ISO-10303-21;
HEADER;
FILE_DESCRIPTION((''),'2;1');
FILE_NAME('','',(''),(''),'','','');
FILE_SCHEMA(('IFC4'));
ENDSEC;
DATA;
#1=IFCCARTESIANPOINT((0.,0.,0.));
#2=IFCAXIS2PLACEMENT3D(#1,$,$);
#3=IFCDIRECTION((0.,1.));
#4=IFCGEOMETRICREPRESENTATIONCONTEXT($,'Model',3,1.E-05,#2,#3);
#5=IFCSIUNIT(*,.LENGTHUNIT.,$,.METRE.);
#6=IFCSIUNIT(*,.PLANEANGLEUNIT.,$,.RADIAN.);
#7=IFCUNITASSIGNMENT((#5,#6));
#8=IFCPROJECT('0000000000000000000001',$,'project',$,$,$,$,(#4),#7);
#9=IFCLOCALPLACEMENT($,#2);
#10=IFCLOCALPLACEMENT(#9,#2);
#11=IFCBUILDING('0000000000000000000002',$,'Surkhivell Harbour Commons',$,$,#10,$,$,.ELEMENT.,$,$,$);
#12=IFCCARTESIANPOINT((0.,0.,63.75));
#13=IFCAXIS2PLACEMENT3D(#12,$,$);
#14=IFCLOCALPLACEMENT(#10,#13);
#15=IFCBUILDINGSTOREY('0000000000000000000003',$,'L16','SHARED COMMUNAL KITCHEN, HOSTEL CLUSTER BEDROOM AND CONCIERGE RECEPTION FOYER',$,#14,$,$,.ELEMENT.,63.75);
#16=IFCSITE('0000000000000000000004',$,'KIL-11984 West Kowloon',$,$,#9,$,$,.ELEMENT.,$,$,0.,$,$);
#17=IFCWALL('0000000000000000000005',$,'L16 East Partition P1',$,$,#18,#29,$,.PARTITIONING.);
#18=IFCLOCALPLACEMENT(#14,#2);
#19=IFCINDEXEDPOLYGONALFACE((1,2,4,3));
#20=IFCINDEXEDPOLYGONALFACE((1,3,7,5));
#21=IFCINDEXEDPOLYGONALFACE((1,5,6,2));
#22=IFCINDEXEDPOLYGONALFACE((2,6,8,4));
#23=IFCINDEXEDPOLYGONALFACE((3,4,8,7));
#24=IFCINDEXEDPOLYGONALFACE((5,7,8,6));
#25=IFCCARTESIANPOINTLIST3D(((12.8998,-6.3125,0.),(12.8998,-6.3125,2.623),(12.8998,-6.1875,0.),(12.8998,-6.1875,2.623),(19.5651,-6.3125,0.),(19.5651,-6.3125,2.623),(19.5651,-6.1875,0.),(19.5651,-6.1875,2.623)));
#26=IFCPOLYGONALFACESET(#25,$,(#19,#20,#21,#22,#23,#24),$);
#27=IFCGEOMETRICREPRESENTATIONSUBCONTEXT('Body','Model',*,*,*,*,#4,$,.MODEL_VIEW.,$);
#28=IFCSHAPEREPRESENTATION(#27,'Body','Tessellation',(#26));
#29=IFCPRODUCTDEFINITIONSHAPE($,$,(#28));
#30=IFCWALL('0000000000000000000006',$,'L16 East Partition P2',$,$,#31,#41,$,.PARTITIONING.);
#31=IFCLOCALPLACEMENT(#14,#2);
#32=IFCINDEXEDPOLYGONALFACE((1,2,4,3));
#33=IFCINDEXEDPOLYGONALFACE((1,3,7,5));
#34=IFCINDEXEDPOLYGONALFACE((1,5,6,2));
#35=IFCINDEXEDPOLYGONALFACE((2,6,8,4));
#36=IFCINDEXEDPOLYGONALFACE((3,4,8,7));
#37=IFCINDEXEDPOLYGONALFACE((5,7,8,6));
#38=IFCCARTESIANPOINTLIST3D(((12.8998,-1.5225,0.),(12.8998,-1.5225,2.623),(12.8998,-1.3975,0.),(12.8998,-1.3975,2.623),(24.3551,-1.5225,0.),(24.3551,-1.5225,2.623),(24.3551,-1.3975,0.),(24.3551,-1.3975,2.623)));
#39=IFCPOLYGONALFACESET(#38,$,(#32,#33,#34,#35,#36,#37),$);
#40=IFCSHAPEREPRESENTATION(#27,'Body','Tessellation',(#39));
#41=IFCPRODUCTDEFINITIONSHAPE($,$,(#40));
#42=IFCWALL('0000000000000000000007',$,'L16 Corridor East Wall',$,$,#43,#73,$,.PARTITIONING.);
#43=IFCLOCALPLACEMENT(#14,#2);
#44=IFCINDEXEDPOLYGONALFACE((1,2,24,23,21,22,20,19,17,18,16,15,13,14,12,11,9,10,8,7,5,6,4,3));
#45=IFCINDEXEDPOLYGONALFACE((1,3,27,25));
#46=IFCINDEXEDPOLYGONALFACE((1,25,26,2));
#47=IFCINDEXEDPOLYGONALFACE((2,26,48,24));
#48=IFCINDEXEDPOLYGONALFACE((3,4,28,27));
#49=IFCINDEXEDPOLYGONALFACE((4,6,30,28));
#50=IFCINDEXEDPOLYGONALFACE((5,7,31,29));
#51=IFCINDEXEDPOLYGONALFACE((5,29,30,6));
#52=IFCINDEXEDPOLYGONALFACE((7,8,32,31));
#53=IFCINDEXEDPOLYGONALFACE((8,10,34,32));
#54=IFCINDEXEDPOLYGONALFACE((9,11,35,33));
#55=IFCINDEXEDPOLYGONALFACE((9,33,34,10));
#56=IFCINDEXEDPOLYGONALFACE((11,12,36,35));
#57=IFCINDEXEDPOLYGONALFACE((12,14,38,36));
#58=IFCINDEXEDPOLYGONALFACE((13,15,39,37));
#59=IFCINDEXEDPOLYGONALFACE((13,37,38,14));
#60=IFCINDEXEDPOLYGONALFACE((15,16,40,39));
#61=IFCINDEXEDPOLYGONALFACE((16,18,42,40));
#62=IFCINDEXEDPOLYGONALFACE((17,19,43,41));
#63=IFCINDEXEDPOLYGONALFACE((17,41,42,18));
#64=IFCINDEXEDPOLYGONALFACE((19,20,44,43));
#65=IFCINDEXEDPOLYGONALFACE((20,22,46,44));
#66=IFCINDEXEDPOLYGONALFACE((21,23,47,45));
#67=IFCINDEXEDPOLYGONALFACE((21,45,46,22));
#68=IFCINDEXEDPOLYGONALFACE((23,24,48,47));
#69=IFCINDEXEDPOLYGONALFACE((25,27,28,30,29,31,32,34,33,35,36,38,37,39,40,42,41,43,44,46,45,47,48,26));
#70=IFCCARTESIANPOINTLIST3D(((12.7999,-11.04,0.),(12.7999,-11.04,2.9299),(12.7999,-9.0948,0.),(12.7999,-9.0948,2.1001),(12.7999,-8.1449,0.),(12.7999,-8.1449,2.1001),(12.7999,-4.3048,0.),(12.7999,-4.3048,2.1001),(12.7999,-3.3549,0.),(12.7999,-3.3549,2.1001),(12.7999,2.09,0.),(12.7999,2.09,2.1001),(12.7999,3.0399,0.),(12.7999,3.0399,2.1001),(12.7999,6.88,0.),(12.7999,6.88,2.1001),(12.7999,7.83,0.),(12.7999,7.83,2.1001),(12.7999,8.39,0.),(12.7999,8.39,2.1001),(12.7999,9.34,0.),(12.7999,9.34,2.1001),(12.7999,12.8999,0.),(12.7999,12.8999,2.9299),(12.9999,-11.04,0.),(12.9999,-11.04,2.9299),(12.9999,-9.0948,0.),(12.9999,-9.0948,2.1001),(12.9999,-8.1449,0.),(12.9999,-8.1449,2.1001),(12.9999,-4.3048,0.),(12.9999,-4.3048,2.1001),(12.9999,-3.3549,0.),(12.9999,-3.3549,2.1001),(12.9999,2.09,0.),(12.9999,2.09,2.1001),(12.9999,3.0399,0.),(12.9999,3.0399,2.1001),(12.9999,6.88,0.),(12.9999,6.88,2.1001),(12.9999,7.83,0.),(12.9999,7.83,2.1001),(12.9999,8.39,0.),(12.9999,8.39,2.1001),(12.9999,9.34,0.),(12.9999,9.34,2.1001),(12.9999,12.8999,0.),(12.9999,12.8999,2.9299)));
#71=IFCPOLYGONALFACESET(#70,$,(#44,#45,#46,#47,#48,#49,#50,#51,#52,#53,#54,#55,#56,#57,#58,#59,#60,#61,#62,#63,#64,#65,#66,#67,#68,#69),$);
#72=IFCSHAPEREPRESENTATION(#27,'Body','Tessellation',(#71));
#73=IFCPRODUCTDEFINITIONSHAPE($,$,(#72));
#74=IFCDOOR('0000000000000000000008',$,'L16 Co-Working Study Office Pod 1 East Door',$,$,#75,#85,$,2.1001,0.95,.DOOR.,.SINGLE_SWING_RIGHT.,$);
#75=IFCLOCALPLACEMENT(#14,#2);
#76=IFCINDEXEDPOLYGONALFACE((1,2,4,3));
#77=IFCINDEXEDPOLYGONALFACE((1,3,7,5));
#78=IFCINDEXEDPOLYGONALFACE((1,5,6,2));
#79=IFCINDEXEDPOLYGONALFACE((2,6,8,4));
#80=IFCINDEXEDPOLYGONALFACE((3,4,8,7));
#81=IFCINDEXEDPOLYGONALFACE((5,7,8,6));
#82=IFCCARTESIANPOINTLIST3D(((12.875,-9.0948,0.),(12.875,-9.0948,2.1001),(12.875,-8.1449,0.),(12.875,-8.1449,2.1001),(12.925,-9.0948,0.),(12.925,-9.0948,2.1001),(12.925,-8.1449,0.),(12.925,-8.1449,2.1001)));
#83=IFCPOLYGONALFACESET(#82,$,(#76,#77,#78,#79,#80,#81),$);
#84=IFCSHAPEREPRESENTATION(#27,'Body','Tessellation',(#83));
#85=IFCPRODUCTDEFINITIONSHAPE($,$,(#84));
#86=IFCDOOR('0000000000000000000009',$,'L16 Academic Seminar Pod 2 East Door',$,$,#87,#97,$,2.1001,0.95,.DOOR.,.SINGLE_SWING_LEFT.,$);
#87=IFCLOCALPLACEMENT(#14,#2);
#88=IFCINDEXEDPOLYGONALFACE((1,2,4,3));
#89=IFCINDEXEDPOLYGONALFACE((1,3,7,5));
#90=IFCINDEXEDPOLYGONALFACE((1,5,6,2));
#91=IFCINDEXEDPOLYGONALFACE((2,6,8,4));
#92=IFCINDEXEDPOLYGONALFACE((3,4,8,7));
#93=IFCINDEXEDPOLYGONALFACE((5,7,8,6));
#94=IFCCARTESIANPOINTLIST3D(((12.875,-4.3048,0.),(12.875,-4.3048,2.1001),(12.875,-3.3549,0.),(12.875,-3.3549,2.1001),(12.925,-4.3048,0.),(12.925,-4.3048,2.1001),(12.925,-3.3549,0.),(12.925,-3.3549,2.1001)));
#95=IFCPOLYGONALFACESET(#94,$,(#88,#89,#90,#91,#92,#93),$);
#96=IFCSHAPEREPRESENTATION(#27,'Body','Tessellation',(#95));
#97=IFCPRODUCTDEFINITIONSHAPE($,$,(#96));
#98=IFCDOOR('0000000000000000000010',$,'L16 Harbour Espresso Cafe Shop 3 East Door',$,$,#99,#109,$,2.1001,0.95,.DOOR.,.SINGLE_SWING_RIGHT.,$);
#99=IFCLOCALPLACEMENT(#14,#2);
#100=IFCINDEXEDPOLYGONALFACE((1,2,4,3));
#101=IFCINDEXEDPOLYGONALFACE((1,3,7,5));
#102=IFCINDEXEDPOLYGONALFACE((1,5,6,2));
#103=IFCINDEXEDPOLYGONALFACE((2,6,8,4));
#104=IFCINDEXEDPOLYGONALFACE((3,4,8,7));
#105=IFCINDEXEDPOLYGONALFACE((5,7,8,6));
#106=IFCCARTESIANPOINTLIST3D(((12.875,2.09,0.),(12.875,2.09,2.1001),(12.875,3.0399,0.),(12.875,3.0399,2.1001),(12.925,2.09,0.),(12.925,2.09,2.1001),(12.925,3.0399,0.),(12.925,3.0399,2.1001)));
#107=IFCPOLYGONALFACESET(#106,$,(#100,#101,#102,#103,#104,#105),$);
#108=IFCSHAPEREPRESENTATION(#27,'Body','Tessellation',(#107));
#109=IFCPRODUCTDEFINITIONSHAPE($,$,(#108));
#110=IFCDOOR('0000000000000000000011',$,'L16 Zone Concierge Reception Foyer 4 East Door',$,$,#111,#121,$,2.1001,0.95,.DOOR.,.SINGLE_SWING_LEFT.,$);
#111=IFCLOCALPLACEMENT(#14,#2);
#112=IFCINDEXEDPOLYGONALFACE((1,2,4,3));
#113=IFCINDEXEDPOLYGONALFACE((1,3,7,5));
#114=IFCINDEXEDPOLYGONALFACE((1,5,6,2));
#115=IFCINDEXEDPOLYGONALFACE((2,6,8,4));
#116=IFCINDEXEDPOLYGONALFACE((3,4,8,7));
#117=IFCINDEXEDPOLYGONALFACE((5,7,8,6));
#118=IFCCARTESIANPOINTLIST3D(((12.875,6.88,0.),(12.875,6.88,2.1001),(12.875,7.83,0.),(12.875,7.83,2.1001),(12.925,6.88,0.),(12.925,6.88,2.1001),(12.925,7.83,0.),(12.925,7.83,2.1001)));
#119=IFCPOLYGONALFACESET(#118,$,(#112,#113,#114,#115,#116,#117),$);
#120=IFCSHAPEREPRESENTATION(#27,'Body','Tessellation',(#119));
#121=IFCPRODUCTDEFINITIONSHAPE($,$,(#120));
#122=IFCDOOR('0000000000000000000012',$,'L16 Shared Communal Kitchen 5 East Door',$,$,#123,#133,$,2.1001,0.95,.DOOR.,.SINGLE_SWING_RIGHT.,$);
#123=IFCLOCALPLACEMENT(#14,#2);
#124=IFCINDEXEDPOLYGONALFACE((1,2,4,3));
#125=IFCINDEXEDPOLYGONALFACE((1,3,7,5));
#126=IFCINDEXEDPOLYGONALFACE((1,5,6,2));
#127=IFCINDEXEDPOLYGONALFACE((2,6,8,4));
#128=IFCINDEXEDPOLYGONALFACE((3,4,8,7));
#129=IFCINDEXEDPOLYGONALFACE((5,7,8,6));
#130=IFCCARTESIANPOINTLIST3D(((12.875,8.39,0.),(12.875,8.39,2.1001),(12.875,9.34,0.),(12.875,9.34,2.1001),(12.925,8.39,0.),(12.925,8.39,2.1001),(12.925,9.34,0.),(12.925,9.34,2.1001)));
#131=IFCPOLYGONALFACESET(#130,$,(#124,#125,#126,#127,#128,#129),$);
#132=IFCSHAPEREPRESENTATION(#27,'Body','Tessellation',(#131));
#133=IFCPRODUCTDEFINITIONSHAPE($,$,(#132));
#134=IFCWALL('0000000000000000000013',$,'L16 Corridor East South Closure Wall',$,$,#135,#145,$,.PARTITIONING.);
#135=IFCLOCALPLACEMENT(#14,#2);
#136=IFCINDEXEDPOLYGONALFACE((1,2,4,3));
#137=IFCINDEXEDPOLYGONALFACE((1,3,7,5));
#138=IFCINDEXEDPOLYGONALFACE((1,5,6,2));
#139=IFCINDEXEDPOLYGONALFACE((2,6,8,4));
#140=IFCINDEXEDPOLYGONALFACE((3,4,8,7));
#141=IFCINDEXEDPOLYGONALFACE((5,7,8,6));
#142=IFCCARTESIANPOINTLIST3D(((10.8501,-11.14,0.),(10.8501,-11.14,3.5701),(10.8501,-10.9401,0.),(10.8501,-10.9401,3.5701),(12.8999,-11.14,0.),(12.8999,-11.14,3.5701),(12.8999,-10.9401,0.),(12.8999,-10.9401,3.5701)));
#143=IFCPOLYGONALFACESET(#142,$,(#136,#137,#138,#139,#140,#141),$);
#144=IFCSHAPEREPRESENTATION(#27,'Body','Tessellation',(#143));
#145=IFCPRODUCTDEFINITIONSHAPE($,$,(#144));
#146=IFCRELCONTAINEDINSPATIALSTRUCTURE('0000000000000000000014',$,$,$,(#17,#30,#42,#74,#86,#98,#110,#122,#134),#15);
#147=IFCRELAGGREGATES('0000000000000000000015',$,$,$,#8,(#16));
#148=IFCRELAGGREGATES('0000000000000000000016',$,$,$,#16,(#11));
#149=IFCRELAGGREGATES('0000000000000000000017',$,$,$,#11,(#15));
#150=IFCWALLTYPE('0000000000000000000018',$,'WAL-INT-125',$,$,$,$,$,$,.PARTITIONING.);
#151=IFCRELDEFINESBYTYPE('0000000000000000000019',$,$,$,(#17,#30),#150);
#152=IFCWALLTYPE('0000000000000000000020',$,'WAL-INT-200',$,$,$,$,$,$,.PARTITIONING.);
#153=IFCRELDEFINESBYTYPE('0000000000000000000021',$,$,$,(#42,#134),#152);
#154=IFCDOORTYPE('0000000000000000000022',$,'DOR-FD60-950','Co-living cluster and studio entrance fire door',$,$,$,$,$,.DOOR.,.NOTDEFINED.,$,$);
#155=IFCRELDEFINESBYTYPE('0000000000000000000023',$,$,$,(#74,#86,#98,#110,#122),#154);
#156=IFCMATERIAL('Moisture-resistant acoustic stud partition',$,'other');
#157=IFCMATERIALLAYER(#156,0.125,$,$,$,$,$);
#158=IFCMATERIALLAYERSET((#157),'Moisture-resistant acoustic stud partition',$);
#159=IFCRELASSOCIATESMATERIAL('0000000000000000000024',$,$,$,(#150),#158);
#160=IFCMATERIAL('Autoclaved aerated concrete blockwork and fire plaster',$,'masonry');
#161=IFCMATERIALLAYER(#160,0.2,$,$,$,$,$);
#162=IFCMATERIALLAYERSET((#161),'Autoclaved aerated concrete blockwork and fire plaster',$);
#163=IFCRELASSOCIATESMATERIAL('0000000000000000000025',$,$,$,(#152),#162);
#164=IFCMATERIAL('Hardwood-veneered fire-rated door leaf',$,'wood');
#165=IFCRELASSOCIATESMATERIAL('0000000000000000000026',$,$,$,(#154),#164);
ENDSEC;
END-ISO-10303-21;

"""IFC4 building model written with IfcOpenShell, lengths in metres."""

from ifc_helpers import new_model, si_unit, direction, frame, frame_2d, origin, place, context, subcontext, project, spatial, rectangle, extrude, material, layer, layer_set, type_object, element, fill, save


model = new_model("IFC4")

# Units and contexts
model_context = context("Model", 3, precision=1e-05, world=origin(), true_north=direction((0.0, 1.0)))
body_context = subcontext(model_context, "Body", "Model", "MODEL_VIEW")
ifc_project = project(units=[si_unit("LENGTHUNIT", "METRE"), si_unit("PLANEANGLEUNIT", "RADIAN")], contexts=[model_context])

# Site, building, storey
site_placement = place(None, origin())
site = spatial("IfcSite", under=ifc_project, at=site_placement, Name="KIL-11984 West Kowloon", CompositionType="ELEMENT", RefElevation=0.0)
building_placement = place(site_placement, origin())
building = spatial("IfcBuilding", under=site, at=building_placement, Name="Surkhivell Harbour Commons", CompositionType="ELEMENT")
storey_placement = place(building_placement, frame((0.0, 0.0, 63.75)))
storey = spatial("IfcBuildingStorey", under=building, at=storey_placement, Name="L16", Description="SHARED COMMUNAL KITCHEN, HOSTEL CLUSTER BEDROOM AND CONCIERGE RECEPTION FOYER", CompositionType="ELEMENT", Elevation=63.75)

# Shared definitions
ifc_material_1 = material(Name="Hardwood-veneered fire-rated door leaf", Category="wood")

# Walls
ifc_material_2 = material(Name="Moisture-resistant acoustic stud partition", Category="other")
ifc_layer_1 = layer(ifc_material_2, 0.125)
ifc_layer_set_1 = layer_set([ifc_layer_1], Name="Moisture-resistant acoustic stud partition")
wall_type_1 = type_object("IfcWallType", Name="WAL-INT-125", PredefinedType="PARTITIONING", material=ifc_layer_set_1)
wall_1_placement = place(storey_placement, frame((12.8999, -6.25, 0.0), z_axis=(0.0, 0.0, 1.0), x_axis=(1.0, 0.0, 0.0)))
element("IfcWall", 1, at=wall_1_placement, inside=storey, type_object=wall_type_1, Name="L16 East Partition P1", PredefinedType="PARTITIONING", context=body_context, shape_type="SweptSolid", body=[
    extrude(rectangle(XDim=6.6653, YDim=0.125, at=frame_2d((3.3325, 0.0))), origin(), (0.0, 0.0, 1.0), 2.623),
])
wall_2_placement = place(storey_placement, frame((12.8999, -1.46, 0.0), z_axis=(0.0, 0.0, 1.0), x_axis=(1.0, 0.0, 0.0)))
element("IfcWall", 2, at=wall_2_placement, inside=storey, type_object=wall_type_1, Name="L16 East Partition P2", PredefinedType="PARTITIONING", context=body_context, shape_type="SweptSolid", body=[
    extrude(rectangle(XDim=11.4553, YDim=0.125, at=frame_2d((5.7275, 0.0))), origin(), (0.0, 0.0, 1.0), 2.623),
])

# Wall, openings, doors
ifc_material_3 = material(Name="Autoclaved aerated concrete blockwork and fire plaster", Category="masonry")
ifc_layer_2 = layer(ifc_material_3, 0.2)
ifc_layer_set_2 = layer_set([ifc_layer_2], Name="Autoclaved aerated concrete blockwork and fire plaster")
wall_type_2 = type_object("IfcWallType", Name="WAL-INT-200", PredefinedType="PARTITIONING", material=ifc_layer_set_2)
wall_3_placement = place(storey_placement, frame((12.8999, -11.04, 0.0), z_axis=(0.0, 0.0, 1.0), x_axis=(0.0, 1.0, 0.0)))
wall_3 = element("IfcWall", 3, at=wall_3_placement, inside=storey, type_object=wall_type_2, Name="L16 Corridor East Wall", PredefinedType="PARTITIONING", context=body_context, shape_type="SweptSolid", body=[
    extrude(rectangle(XDim=23.9399, YDim=0.2, at=frame_2d((11.97, 0.0))), origin(), (0.0, 0.0, 1.0), 2.9299),
])
opening_1_placement = place(wall_3_placement, frame((1.9451, 0.0, 0.0)))
opening_1 = element("IfcOpeningElement", 4, at=opening_1_placement, cuts=wall_3, PredefinedType="OPENING", context=body_context, shape_type="SweptSolid", body=[
    extrude(rectangle(XDim=0.95, YDim=2.1001, at=frame_2d((0.4751, 1.05))), frame((0.0, 0.1099, 0.0), z_axis=(0.0, -1.0, 0.0), x_axis=(1.0, 0.0, 0.0)), (0.0, 0.0, 1.0), 0.22),
])
opening_2_placement = place(wall_3_placement, frame((6.7351, 0.0, 0.0)))
opening_2 = element("IfcOpeningElement", 5, at=opening_2_placement, cuts=wall_3, PredefinedType="OPENING", context=body_context, shape_type="SweptSolid", body=[
    extrude(rectangle(XDim=0.95, YDim=2.1001, at=frame_2d((0.4751, 1.05))), frame((0.0, 0.1099, 0.0), z_axis=(0.0, -1.0, 0.0), x_axis=(1.0, 0.0, 0.0)), (0.0, 0.0, 1.0), 0.22),
])
opening_3_placement = place(wall_3_placement, frame((13.1299, 0.0, 0.0)))
opening_3 = element("IfcOpeningElement", 6, at=opening_3_placement, cuts=wall_3, PredefinedType="OPENING", context=body_context, shape_type="SweptSolid", body=[
    extrude(rectangle(XDim=0.95, YDim=2.1001, at=frame_2d((0.4751, 1.05))), frame((0.0, 0.1099, 0.0), z_axis=(0.0, -1.0, 0.0), x_axis=(1.0, 0.0, 0.0)), (0.0, 0.0, 1.0), 0.22),
])
opening_4_placement = place(wall_3_placement, frame((17.9199, 0.0, 0.0)))
opening_4 = element("IfcOpeningElement", 7, at=opening_4_placement, cuts=wall_3, PredefinedType="OPENING", context=body_context, shape_type="SweptSolid", body=[
    extrude(rectangle(XDim=0.95, YDim=2.1001, at=frame_2d((0.4751, 1.05))), frame((0.0, 0.1099, 0.0), z_axis=(0.0, -1.0, 0.0), x_axis=(1.0, 0.0, 0.0)), (0.0, 0.0, 1.0), 0.22),
])
opening_5_placement = place(wall_3_placement, frame((19.4299, 0.0, 0.0)))
opening_5 = element("IfcOpeningElement", 8, at=opening_5_placement, cuts=wall_3, PredefinedType="OPENING", context=body_context, shape_type="SweptSolid", body=[
    extrude(rectangle(XDim=0.95, YDim=2.1001, at=frame_2d((0.4751, 1.05))), frame((0.0, 0.1099, 0.0), z_axis=(0.0, -1.0, 0.0), x_axis=(1.0, 0.0, 0.0)), (0.0, 0.0, 1.0), 0.22),
])
door_type_1 = type_object("IfcDoorType", Name="DOR-FD60-950", Description="Co-living cluster and studio entrance fire door", OperationType="NOTDEFINED", PredefinedType="DOOR", material=ifc_material_1)
door_1_placement = place(opening_1_placement, origin())
door_1 = element("IfcDoor", 9, at=door_1_placement, inside=storey, type_object=door_type_1, Name="L16 Co-Working Study Office Pod 1 East Door", OperationType="SINGLE_SWING_RIGHT", OverallHeight=2.1001, OverallWidth=0.95, PredefinedType="DOOR", context=body_context, shape_type="SweptSolid", body=[
    extrude(rectangle(XDim=0.95, YDim=2.1001, at=frame_2d((0.4751, 1.05))), frame((0.0, 0.0249, 0.0), z_axis=(0.0, -1.0, 0.0), x_axis=(1.0, 0.0, 0.0)), (0.0, 0.0, 1.0), 0.05),
])
fill(opening_1, door_1)
door_2_placement = place(opening_2_placement, origin())
door_2 = element("IfcDoor", 10, at=door_2_placement, inside=storey, type_object=door_type_1, Name="L16 Academic Seminar Pod 2 East Door", OperationType="SINGLE_SWING_LEFT", OverallHeight=2.1001, OverallWidth=0.95, PredefinedType="DOOR", context=body_context, shape_type="SweptSolid", body=[
    extrude(rectangle(XDim=0.95, YDim=2.1001, at=frame_2d((0.4751, 1.05))), frame((0.0, 0.0249, 0.0), z_axis=(0.0, -1.0, 0.0), x_axis=(1.0, 0.0, 0.0)), (0.0, 0.0, 1.0), 0.05),
])
fill(opening_2, door_2)
door_3_placement = place(opening_3_placement, origin())
door_3 = element("IfcDoor", 11, at=door_3_placement, inside=storey, type_object=door_type_1, Name="L16 Harbour Espresso Cafe Shop 3 East Door", OperationType="SINGLE_SWING_RIGHT", OverallHeight=2.1001, OverallWidth=0.95, PredefinedType="DOOR", context=body_context, shape_type="SweptSolid", body=[
    extrude(rectangle(XDim=0.95, YDim=2.1001, at=frame_2d((0.4751, 1.05))), frame((0.0, 0.0249, 0.0), z_axis=(0.0, -1.0, 0.0), x_axis=(1.0, 0.0, 0.0)), (0.0, 0.0, 1.0), 0.05),
])
fill(opening_3, door_3)
door_4_placement = place(opening_4_placement, origin())
door_4 = element("IfcDoor", 12, at=door_4_placement, inside=storey, type_object=door_type_1, Name="L16 Zone Concierge Reception Foyer 4 East Door", OperationType="SINGLE_SWING_LEFT", OverallHeight=2.1001, OverallWidth=0.95, PredefinedType="DOOR", context=body_context, shape_type="SweptSolid", body=[
    extrude(rectangle(XDim=0.95, YDim=2.1001, at=frame_2d((0.4751, 1.05))), frame((0.0, 0.0249, 0.0), z_axis=(0.0, -1.0, 0.0), x_axis=(1.0, 0.0, 0.0)), (0.0, 0.0, 1.0), 0.05),
])
fill(opening_4, door_4)
door_5_placement = place(opening_5_placement, origin())
door_5 = element("IfcDoor", 13, at=door_5_placement, inside=storey, type_object=door_type_1, Name="L16 Shared Communal Kitchen 5 East Door", OperationType="SINGLE_SWING_RIGHT", OverallHeight=2.1001, OverallWidth=0.95, PredefinedType="DOOR", context=body_context, shape_type="SweptSolid", body=[
    extrude(rectangle(XDim=0.95, YDim=2.1001, at=frame_2d((0.4751, 1.05))), frame((0.0, 0.0249, 0.0), z_axis=(0.0, -1.0, 0.0), x_axis=(1.0, 0.0, 0.0)), (0.0, 0.0, 1.0), 0.05),
])
fill(opening_5, door_5)

# Wall
wall_4_placement = place(storey_placement, frame((10.8501, -11.04, 0.0), z_axis=(0.0, 0.0, 1.0), x_axis=(1.0, 0.0, 0.0)))
element("IfcWall", 14, at=wall_4_placement, inside=storey, type_object=wall_type_2, Name="L16 Corridor East South Closure Wall", PredefinedType="PARTITIONING", context=body_context, shape_type="SweptSolid", body=[
    extrude(rectangle(XDim=2.0498, YDim=0.2, at=frame_2d((1.0249, 0.0))), origin(), (0.0, 0.0, 1.0), 3.5701),
])

save(model, "model.ifc")
